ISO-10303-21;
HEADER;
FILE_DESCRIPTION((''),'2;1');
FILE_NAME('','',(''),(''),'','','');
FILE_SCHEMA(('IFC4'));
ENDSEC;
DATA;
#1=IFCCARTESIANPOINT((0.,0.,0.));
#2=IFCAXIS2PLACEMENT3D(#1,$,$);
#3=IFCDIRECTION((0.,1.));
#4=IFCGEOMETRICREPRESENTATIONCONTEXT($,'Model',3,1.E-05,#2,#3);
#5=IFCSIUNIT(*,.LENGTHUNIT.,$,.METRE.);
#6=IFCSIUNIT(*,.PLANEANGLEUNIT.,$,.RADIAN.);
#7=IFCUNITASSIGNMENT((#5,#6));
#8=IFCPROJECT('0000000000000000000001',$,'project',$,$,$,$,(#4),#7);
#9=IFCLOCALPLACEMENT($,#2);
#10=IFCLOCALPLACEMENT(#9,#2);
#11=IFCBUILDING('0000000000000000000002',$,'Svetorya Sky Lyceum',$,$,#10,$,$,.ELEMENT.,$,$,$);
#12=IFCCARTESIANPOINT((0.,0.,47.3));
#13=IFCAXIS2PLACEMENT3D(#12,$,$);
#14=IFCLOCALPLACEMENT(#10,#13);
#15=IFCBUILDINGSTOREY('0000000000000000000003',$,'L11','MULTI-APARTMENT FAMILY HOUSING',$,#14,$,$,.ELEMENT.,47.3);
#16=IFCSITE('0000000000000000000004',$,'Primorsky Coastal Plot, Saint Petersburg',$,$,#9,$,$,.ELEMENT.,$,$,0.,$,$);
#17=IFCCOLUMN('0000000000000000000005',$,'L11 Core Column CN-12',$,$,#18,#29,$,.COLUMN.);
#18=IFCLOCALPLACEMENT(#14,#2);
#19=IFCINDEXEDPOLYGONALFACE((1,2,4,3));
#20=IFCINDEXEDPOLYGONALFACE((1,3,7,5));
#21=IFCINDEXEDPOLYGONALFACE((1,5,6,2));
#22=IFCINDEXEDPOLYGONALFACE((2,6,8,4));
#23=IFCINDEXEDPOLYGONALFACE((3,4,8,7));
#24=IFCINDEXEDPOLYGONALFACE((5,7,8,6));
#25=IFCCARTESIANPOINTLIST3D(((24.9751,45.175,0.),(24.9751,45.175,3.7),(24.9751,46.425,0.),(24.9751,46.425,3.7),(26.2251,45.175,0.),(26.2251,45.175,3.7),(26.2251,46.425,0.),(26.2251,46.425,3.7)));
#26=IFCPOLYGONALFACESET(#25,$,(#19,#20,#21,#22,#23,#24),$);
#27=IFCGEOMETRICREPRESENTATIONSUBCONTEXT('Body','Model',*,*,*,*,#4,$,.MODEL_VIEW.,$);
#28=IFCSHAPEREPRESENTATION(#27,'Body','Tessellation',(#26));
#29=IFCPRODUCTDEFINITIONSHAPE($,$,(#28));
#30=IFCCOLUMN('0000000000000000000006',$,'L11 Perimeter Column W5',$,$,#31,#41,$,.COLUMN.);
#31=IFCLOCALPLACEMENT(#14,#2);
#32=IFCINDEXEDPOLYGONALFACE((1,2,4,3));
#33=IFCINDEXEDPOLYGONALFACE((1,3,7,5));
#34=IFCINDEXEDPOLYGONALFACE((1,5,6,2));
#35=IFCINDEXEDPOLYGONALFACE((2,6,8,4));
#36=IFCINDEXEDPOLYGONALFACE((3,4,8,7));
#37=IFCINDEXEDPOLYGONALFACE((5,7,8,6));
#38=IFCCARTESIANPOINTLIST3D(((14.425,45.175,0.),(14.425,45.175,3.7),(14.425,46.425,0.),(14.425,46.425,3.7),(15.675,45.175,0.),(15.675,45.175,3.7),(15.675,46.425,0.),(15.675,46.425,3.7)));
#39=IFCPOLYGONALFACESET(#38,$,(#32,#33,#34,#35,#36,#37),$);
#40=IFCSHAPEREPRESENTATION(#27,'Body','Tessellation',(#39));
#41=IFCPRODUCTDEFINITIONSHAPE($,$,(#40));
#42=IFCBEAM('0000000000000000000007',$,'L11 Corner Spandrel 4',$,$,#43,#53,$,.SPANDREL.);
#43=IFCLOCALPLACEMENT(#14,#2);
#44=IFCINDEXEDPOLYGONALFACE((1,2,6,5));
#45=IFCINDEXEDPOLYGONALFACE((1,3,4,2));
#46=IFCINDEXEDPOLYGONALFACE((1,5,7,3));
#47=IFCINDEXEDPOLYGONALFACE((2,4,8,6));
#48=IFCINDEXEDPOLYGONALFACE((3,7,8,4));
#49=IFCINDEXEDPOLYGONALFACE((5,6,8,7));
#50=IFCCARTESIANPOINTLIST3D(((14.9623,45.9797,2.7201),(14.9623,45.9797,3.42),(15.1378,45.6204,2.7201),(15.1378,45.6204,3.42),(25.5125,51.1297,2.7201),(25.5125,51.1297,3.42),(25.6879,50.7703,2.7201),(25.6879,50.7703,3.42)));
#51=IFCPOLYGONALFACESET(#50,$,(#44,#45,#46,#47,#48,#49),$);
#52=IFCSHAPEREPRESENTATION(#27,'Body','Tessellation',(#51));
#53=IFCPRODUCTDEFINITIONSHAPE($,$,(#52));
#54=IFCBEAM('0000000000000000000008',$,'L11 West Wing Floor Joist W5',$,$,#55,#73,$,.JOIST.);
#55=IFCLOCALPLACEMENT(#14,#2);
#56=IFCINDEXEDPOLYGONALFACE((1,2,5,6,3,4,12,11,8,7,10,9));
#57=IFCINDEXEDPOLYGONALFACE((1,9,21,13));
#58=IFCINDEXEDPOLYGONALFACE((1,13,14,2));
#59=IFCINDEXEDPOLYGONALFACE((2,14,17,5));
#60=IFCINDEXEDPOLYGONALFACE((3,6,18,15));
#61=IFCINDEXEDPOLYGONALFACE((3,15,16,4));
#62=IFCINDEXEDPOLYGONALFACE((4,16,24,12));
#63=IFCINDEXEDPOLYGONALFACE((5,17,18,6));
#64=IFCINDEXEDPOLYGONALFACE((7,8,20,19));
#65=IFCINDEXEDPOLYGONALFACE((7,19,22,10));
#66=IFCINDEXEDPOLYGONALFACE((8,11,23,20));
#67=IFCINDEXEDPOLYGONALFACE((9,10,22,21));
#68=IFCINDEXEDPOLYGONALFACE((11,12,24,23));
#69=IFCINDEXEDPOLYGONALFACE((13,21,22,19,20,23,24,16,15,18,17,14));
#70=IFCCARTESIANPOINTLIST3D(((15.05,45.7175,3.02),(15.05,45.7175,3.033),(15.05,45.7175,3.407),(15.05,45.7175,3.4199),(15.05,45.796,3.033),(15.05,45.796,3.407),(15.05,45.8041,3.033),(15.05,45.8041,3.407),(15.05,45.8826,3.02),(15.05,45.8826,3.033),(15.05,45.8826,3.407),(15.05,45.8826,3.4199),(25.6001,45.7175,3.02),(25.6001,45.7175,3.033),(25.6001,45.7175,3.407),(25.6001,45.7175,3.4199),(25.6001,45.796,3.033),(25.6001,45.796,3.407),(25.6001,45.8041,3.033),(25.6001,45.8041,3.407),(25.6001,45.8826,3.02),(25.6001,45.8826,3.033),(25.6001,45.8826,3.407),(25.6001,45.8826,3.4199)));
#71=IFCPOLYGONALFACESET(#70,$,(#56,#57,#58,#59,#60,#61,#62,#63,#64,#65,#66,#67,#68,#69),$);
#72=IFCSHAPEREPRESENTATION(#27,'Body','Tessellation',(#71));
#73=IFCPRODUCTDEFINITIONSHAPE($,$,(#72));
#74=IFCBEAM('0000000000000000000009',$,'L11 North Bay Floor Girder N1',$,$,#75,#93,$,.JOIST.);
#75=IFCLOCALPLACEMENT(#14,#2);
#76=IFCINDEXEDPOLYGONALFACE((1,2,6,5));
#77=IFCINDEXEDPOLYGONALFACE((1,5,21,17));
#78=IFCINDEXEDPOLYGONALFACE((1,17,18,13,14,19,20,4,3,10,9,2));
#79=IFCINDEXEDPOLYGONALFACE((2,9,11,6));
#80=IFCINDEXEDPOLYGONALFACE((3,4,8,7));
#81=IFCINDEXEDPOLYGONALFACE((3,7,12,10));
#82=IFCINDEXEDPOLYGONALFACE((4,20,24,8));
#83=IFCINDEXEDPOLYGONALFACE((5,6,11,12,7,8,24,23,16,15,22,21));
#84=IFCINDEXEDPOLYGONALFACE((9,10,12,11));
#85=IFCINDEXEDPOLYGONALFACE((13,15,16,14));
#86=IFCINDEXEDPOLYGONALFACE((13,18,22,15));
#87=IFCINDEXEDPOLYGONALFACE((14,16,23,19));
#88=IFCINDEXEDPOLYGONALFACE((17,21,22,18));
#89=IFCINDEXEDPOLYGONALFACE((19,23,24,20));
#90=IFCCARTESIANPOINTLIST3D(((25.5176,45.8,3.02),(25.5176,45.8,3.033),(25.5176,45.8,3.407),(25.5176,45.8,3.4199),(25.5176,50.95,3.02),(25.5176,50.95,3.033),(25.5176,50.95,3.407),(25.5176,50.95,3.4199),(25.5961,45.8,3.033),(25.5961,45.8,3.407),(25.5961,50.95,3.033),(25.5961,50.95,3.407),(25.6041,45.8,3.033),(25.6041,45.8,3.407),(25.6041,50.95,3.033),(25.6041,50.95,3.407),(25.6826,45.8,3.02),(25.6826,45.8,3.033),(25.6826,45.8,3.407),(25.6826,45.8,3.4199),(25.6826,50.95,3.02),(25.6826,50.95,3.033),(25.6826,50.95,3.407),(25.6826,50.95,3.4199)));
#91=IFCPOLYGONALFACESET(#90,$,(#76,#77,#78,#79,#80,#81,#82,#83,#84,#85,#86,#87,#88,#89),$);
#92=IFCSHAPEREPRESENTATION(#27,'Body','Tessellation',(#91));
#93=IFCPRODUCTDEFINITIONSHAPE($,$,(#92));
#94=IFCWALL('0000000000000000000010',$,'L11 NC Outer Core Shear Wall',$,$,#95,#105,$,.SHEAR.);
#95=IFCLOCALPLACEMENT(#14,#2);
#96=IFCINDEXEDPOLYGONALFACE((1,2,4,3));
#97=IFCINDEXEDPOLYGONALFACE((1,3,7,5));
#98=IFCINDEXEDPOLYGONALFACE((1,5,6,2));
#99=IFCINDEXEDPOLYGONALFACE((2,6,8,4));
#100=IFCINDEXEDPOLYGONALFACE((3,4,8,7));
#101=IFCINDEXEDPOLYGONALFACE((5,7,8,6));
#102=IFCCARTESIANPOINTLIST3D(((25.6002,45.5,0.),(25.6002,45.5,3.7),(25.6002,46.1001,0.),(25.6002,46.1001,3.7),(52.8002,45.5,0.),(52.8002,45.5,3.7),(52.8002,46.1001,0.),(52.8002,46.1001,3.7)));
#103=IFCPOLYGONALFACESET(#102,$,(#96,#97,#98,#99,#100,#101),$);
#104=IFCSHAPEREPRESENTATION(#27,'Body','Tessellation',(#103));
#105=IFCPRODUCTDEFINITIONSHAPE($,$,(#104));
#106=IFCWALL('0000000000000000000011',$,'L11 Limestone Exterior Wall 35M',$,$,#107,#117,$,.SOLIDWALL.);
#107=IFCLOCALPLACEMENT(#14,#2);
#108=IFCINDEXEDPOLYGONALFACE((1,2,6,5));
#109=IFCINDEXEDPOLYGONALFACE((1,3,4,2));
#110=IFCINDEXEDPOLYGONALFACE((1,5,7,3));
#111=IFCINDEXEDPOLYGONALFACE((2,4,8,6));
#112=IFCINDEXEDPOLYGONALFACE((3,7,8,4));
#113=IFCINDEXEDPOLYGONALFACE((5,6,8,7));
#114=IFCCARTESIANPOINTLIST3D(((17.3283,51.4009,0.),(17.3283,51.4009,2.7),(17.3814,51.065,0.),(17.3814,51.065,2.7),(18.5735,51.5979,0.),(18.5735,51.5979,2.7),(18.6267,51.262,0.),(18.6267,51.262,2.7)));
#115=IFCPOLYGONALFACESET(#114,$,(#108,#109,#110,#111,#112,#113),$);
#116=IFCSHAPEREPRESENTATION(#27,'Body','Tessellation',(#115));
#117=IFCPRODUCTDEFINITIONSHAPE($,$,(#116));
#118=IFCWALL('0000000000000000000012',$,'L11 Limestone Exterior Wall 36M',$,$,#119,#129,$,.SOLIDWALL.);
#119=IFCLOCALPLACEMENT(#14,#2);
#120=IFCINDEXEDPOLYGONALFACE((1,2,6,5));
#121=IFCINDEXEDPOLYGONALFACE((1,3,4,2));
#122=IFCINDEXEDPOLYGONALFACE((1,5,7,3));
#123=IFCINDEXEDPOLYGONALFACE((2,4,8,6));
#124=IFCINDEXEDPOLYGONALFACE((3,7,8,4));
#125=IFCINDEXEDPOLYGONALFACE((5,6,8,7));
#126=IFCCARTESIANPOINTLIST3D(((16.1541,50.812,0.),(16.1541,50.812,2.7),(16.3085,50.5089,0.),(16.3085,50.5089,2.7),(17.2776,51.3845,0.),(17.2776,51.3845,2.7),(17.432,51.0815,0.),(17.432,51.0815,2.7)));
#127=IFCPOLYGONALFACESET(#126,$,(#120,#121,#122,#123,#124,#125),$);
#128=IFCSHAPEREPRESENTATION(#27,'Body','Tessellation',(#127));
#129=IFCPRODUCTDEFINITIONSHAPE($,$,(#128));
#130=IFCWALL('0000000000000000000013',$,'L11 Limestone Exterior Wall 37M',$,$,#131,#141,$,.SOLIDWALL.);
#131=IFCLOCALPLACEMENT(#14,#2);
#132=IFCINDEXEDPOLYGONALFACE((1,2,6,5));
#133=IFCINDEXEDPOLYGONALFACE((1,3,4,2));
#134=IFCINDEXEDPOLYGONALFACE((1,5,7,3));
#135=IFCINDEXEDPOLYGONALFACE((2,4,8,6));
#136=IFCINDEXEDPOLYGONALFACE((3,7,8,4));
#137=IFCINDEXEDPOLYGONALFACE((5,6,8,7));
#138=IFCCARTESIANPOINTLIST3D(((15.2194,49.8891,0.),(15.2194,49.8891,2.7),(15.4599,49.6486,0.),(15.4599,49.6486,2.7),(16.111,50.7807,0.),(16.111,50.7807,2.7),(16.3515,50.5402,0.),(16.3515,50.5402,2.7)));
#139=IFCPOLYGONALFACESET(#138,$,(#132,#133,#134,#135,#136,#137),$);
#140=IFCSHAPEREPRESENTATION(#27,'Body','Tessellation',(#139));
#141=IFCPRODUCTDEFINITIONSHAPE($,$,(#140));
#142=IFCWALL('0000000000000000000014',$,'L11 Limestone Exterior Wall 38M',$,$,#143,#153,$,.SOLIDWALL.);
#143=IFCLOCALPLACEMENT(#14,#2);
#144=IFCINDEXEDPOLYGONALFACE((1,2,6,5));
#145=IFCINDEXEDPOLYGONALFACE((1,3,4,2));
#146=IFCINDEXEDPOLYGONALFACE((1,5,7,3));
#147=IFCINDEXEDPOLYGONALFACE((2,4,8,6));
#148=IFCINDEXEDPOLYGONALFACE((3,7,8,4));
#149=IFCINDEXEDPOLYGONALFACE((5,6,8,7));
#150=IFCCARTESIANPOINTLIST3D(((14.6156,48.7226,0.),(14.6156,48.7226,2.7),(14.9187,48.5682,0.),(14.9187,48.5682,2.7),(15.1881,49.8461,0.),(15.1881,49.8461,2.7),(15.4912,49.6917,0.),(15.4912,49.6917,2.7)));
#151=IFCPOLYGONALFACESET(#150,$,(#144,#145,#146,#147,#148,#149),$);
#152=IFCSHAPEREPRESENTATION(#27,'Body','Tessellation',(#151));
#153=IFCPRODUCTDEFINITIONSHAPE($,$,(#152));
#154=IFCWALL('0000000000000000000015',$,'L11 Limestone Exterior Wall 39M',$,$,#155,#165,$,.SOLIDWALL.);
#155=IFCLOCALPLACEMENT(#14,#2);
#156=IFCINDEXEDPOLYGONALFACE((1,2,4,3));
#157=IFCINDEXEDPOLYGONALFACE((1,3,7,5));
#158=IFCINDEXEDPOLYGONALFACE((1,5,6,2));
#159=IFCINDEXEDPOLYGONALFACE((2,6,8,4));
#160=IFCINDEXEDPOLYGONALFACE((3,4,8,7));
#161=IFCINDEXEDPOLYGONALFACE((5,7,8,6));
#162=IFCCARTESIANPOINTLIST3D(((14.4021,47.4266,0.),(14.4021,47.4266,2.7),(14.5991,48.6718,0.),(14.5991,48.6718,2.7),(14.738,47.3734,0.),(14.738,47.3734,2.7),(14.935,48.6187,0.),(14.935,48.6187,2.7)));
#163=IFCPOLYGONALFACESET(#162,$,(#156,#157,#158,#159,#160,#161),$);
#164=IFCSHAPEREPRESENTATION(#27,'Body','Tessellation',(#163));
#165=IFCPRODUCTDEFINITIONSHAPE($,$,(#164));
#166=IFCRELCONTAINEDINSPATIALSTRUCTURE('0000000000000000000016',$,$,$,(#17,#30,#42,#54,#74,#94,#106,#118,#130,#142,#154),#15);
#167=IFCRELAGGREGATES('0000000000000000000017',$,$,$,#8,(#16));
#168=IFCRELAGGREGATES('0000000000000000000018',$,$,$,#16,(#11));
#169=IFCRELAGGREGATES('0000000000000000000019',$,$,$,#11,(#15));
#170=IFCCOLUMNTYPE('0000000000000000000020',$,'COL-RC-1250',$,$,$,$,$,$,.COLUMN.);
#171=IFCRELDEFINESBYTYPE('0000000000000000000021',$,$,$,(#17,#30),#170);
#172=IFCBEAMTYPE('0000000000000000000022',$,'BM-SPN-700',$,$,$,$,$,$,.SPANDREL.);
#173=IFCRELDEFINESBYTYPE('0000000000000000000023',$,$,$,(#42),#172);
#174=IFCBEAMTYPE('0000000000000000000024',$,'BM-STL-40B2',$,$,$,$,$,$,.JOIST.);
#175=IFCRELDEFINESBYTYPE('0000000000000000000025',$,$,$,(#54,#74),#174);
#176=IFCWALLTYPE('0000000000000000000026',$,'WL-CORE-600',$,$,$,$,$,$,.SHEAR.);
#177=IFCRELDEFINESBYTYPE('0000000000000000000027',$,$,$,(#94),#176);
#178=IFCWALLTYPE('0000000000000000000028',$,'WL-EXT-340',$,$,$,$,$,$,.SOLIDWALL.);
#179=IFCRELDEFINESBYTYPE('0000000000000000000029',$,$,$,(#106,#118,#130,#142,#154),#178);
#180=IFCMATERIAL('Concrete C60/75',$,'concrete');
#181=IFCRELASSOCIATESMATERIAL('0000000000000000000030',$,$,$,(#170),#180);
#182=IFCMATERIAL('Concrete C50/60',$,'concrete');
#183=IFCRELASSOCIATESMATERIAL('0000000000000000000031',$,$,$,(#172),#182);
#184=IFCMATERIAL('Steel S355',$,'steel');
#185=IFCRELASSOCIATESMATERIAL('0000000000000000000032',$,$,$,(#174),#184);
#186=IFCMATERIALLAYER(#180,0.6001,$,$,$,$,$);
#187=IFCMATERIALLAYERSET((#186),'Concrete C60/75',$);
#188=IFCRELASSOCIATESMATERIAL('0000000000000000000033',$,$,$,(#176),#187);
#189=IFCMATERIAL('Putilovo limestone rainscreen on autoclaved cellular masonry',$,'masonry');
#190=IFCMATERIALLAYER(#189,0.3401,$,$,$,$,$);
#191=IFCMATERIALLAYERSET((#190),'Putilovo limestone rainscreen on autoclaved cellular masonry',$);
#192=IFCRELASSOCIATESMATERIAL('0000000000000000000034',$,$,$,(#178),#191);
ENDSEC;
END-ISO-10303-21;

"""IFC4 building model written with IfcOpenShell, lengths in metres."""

from ifc_helpers import new_model, si_unit, direction, frame, frame_2d, origin, origin_2d, place, context, subcontext, project, spatial, rectangle, i_section, extrude, material, layer, layer_set, material_profile, profile_set, type_object, element, save


model = new_model("IFC4")

# Units and contexts
model_context = context("Model", 3, precision=1e-05, world=origin(), true_north=direction((0.0, 1.0)))
body_context = subcontext(model_context, "Body", "Model", "MODEL_VIEW")
ifc_project = project(units=[si_unit("LENGTHUNIT", "METRE"), si_unit("PLANEANGLEUNIT", "RADIAN")], contexts=[model_context])

# Site, building, storey
site_placement = place(None, origin())
site = spatial("IfcSite", under=ifc_project, at=site_placement, Name="Primorsky Coastal Plot, Saint Petersburg", CompositionType="ELEMENT", RefElevation=0.0)
building_placement = place(site_placement, origin())
building = spatial("IfcBuilding", under=site, at=building_placement, Name="Svetorya Sky Lyceum", CompositionType="ELEMENT")
storey_placement = place(building_placement, frame((0.0, 0.0, 47.3)))
storey = spatial("IfcBuildingStorey", under=building, at=storey_placement, Name="L11", Description="MULTI-APARTMENT FAMILY HOUSING", CompositionType="ELEMENT", Elevation=47.3)

# Columns
ifc_material_1 = material(Name="Concrete C60/75", Category="concrete")
ifc_material_profile_1 = material_profile(ifc_material_1, rectangle(XDim=1.25, YDim=1.25, at=origin_2d()), Name="RC COL 1250x1250")
ifc_profile_set_1 = profile_set([ifc_material_profile_1], Name="Concrete C60/75")
column_type = type_object("IfcColumnType", Name="COL-RC-1250", PredefinedType="COLUMN", material=ifc_profile_set_1)
for number, where, z_axis, x_axis, name in (
    (1, (25.6001, 45.8, 0.0), (0.0, 0.0, 1.0), (1.0, 0.0, 0.0), "L11 Core Column CN-12"),
    (2, (15.05, 45.8, 0.0), (0.0, 0.0, 1.0), (1.0, 0.0, 0.0), "L11 Perimeter Column W5"),
):
    element("IfcColumn", number, at=place(storey_placement, frame(where, z_axis=z_axis, x_axis=x_axis)), inside=storey, type_object=column_type, Name=name, PredefinedType="COLUMN", context=body_context, shape_type="SweptSolid", body=[
        extrude(rectangle(XDim=1.25, YDim=1.25, at=origin_2d()), origin(), (0.0, 0.0, 1.0), 3.7),
    ])

# Beams
ifc_material_2 = material(Name="Concrete C50/60", Category="concrete")
ifc_material_profile_2 = material_profile(ifc_material_2, rectangle(XDim=0.3999, YDim=0.7, at=origin_2d()), Name="RC SPANDREL 400x700")
ifc_profile_set_2 = profile_set([ifc_material_profile_2], Name="Concrete C50/60")
beam_type_1 = type_object("IfcBeamType", Name="BM-SPN-700", PredefinedType="SPANDREL", material=ifc_profile_set_2)
beam_1_placement = place(storey_placement, frame((15.05, 45.8, 3.0701), z_axis=(0.89865, 0.438667, 0.0), x_axis=(-0.438667, 0.89865, 0.0)))
element("IfcBeam", 3, at=beam_1_placement, inside=storey, type_object=beam_type_1, Name="L11 Corner Spandrel 4", PredefinedType="SPANDREL", context=body_context, shape_type="SweptSolid", body=[
    extrude(rectangle(XDim=0.3999, YDim=0.7, at=origin_2d()), origin(), (0.0, 0.0, 1.0), 11.74),
])
ifc_material_3 = material(Name="Steel S355", Category="steel")
ifc_material_profile_3 = material_profile(ifc_material_3, i_section(OverallWidth=0.165, OverallDepth=0.3999, WebThickness=0.0081, FlangeThickness=0.0129, at=origin_2d()), Name="GOST 40B2")
ifc_profile_set_3 = profile_set([ifc_material_profile_3], Name="Steel S355")
beam_type_2 = type_object("IfcBeamType", Name="BM-STL-40B2", PredefinedType="JOIST", material=ifc_profile_set_3)
beam_2_placement = place(storey_placement, frame((15.05, 45.8, 3.22), z_axis=(1.0, 0.0, 0.0), x_axis=(0.0, 1.0, 0.0)))
element("IfcBeam", 4, at=beam_2_placement, inside=storey, type_object=beam_type_2, Name="L11 West Wing Floor Joist W5", PredefinedType="JOIST", context=body_context, shape_type="SweptSolid", body=[
    extrude(i_section(OverallWidth=0.165, OverallDepth=0.3999, WebThickness=0.0081, FlangeThickness=0.0129, at=origin_2d()), origin(), (0.0, 0.0, 1.0), 10.55),
])
beam_3_placement = place(storey_placement, frame((25.6001, 45.8, 3.22), z_axis=(0.0, 1.0, 0.0), x_axis=(-1.0, 0.0, 0.0)))
element("IfcBeam", 5, at=beam_3_placement, inside=storey, type_object=beam_type_2, Name="L11 North Bay Floor Girder N1", PredefinedType="JOIST", context=body_context, shape_type="SweptSolid", body=[
    extrude(i_section(OverallWidth=0.165, OverallDepth=0.3999, WebThickness=0.0081, FlangeThickness=0.0129, at=origin_2d()), origin(), (0.0, 0.0, 1.0), 5.1499),
])

# Walls
ifc_layer_1 = layer(ifc_material_1, 0.6001)
ifc_layer_set_1 = layer_set([ifc_layer_1], Name="Concrete C60/75")
wall_type_1 = type_object("IfcWallType", Name="WL-CORE-600", PredefinedType="SHEAR", material=ifc_layer_set_1)
wall_1_placement = place(storey_placement, frame((25.6001, 45.8, 0.0), z_axis=(0.0, 0.0, 1.0), x_axis=(1.0, 0.0, 0.0)))
element("IfcWall", 6, at=wall_1_placement, inside=storey, type_object=wall_type_1, Name="L11 NC Outer Core Shear Wall", PredefinedType="SHEAR", context=body_context, shape_type="SweptSolid", body=[
    extrude(rectangle(XDim=27.2, YDim=0.6001, at=frame_2d((13.6001, 0.0))), origin(), (0.0, 0.0, 1.0), 3.7),
])
ifc_material_4 = material(Name="Putilovo limestone rainscreen on autoclaved cellular masonry", Category="masonry")
ifc_layer_2 = layer(ifc_material_4, 0.3401)
ifc_layer_set_2 = layer_set([ifc_layer_2], Name="Putilovo limestone rainscreen on autoclaved cellular masonry")
wall_type_2 = type_object("IfcWallType", Name="WL-EXT-340", PredefinedType="SOLIDWALL", material=ifc_layer_set_2)
wall_2_placement = place(storey_placement, frame((18.6001, 51.4299, 0.0), z_axis=(0.0, 0.0, 1.0), x_axis=(-0.987716, -0.156261, 0.0)))
element("IfcWall", 7, at=wall_2_placement, inside=storey, type_object=wall_type_2, Name="L11 Limestone Exterior Wall 35M", PredefinedType="SOLIDWALL", context=body_context, shape_type="SweptSolid", body=[
    extrude(rectangle(XDim=1.2607, YDim=0.3401, at=frame_2d((0.6304, 0.0))), origin(), (0.0, 0.0, 1.0), 2.7),
])
for number, where, z_axis, x_axis, name in (
    (8, (17.3547, 51.2329, 0.0), (0.0, 0.0, 1.0), (-0.890994, -0.454016, 0.0), "L11 Limestone Exterior Wall 36M"),
    (9, (16.2312, 50.6604, 0.0), (0.0, 0.0, 1.0), (-0.707107, -0.707107, 0.0), "L11 Limestone Exterior Wall 37M"),
    (10, (15.3396, 49.7688, 0.0), (0.0, 0.0, 1.0), (-0.454016, -0.890994, 0.0), "L11 Limestone Exterior Wall 38M"),
):
    element("IfcWall", number, at=place(storey_placement, frame(where, z_axis=z_axis, x_axis=x_axis)), inside=storey, type_object=wall_type_2, Name=name, PredefinedType="SOLIDWALL", context=body_context, shape_type="SweptSolid", body=[
        extrude(rectangle(XDim=1.261, YDim=0.3401, at=frame_2d((0.6304, 0.0))), origin(), (0.0, 0.0, 1.0), 2.7),
    ])
wall_3_placement = place(storey_placement, frame((14.7671, 48.6453, 0.0), z_axis=(0.0, 0.0, 1.0), x_axis=(-0.156261, -0.987716, 0.0)))
element("IfcWall", 11, at=wall_3_placement, inside=storey, type_object=wall_type_2, Name="L11 Limestone Exterior Wall 39M", PredefinedType="SOLIDWALL", context=body_context, shape_type="SweptSolid", body=[
    extrude(rectangle(XDim=1.2607, YDim=0.3401, at=frame_2d((0.6304, 0.0))), origin(), (0.0, 0.0, 1.0), 2.7),
])

save(model, "model.ifc")
